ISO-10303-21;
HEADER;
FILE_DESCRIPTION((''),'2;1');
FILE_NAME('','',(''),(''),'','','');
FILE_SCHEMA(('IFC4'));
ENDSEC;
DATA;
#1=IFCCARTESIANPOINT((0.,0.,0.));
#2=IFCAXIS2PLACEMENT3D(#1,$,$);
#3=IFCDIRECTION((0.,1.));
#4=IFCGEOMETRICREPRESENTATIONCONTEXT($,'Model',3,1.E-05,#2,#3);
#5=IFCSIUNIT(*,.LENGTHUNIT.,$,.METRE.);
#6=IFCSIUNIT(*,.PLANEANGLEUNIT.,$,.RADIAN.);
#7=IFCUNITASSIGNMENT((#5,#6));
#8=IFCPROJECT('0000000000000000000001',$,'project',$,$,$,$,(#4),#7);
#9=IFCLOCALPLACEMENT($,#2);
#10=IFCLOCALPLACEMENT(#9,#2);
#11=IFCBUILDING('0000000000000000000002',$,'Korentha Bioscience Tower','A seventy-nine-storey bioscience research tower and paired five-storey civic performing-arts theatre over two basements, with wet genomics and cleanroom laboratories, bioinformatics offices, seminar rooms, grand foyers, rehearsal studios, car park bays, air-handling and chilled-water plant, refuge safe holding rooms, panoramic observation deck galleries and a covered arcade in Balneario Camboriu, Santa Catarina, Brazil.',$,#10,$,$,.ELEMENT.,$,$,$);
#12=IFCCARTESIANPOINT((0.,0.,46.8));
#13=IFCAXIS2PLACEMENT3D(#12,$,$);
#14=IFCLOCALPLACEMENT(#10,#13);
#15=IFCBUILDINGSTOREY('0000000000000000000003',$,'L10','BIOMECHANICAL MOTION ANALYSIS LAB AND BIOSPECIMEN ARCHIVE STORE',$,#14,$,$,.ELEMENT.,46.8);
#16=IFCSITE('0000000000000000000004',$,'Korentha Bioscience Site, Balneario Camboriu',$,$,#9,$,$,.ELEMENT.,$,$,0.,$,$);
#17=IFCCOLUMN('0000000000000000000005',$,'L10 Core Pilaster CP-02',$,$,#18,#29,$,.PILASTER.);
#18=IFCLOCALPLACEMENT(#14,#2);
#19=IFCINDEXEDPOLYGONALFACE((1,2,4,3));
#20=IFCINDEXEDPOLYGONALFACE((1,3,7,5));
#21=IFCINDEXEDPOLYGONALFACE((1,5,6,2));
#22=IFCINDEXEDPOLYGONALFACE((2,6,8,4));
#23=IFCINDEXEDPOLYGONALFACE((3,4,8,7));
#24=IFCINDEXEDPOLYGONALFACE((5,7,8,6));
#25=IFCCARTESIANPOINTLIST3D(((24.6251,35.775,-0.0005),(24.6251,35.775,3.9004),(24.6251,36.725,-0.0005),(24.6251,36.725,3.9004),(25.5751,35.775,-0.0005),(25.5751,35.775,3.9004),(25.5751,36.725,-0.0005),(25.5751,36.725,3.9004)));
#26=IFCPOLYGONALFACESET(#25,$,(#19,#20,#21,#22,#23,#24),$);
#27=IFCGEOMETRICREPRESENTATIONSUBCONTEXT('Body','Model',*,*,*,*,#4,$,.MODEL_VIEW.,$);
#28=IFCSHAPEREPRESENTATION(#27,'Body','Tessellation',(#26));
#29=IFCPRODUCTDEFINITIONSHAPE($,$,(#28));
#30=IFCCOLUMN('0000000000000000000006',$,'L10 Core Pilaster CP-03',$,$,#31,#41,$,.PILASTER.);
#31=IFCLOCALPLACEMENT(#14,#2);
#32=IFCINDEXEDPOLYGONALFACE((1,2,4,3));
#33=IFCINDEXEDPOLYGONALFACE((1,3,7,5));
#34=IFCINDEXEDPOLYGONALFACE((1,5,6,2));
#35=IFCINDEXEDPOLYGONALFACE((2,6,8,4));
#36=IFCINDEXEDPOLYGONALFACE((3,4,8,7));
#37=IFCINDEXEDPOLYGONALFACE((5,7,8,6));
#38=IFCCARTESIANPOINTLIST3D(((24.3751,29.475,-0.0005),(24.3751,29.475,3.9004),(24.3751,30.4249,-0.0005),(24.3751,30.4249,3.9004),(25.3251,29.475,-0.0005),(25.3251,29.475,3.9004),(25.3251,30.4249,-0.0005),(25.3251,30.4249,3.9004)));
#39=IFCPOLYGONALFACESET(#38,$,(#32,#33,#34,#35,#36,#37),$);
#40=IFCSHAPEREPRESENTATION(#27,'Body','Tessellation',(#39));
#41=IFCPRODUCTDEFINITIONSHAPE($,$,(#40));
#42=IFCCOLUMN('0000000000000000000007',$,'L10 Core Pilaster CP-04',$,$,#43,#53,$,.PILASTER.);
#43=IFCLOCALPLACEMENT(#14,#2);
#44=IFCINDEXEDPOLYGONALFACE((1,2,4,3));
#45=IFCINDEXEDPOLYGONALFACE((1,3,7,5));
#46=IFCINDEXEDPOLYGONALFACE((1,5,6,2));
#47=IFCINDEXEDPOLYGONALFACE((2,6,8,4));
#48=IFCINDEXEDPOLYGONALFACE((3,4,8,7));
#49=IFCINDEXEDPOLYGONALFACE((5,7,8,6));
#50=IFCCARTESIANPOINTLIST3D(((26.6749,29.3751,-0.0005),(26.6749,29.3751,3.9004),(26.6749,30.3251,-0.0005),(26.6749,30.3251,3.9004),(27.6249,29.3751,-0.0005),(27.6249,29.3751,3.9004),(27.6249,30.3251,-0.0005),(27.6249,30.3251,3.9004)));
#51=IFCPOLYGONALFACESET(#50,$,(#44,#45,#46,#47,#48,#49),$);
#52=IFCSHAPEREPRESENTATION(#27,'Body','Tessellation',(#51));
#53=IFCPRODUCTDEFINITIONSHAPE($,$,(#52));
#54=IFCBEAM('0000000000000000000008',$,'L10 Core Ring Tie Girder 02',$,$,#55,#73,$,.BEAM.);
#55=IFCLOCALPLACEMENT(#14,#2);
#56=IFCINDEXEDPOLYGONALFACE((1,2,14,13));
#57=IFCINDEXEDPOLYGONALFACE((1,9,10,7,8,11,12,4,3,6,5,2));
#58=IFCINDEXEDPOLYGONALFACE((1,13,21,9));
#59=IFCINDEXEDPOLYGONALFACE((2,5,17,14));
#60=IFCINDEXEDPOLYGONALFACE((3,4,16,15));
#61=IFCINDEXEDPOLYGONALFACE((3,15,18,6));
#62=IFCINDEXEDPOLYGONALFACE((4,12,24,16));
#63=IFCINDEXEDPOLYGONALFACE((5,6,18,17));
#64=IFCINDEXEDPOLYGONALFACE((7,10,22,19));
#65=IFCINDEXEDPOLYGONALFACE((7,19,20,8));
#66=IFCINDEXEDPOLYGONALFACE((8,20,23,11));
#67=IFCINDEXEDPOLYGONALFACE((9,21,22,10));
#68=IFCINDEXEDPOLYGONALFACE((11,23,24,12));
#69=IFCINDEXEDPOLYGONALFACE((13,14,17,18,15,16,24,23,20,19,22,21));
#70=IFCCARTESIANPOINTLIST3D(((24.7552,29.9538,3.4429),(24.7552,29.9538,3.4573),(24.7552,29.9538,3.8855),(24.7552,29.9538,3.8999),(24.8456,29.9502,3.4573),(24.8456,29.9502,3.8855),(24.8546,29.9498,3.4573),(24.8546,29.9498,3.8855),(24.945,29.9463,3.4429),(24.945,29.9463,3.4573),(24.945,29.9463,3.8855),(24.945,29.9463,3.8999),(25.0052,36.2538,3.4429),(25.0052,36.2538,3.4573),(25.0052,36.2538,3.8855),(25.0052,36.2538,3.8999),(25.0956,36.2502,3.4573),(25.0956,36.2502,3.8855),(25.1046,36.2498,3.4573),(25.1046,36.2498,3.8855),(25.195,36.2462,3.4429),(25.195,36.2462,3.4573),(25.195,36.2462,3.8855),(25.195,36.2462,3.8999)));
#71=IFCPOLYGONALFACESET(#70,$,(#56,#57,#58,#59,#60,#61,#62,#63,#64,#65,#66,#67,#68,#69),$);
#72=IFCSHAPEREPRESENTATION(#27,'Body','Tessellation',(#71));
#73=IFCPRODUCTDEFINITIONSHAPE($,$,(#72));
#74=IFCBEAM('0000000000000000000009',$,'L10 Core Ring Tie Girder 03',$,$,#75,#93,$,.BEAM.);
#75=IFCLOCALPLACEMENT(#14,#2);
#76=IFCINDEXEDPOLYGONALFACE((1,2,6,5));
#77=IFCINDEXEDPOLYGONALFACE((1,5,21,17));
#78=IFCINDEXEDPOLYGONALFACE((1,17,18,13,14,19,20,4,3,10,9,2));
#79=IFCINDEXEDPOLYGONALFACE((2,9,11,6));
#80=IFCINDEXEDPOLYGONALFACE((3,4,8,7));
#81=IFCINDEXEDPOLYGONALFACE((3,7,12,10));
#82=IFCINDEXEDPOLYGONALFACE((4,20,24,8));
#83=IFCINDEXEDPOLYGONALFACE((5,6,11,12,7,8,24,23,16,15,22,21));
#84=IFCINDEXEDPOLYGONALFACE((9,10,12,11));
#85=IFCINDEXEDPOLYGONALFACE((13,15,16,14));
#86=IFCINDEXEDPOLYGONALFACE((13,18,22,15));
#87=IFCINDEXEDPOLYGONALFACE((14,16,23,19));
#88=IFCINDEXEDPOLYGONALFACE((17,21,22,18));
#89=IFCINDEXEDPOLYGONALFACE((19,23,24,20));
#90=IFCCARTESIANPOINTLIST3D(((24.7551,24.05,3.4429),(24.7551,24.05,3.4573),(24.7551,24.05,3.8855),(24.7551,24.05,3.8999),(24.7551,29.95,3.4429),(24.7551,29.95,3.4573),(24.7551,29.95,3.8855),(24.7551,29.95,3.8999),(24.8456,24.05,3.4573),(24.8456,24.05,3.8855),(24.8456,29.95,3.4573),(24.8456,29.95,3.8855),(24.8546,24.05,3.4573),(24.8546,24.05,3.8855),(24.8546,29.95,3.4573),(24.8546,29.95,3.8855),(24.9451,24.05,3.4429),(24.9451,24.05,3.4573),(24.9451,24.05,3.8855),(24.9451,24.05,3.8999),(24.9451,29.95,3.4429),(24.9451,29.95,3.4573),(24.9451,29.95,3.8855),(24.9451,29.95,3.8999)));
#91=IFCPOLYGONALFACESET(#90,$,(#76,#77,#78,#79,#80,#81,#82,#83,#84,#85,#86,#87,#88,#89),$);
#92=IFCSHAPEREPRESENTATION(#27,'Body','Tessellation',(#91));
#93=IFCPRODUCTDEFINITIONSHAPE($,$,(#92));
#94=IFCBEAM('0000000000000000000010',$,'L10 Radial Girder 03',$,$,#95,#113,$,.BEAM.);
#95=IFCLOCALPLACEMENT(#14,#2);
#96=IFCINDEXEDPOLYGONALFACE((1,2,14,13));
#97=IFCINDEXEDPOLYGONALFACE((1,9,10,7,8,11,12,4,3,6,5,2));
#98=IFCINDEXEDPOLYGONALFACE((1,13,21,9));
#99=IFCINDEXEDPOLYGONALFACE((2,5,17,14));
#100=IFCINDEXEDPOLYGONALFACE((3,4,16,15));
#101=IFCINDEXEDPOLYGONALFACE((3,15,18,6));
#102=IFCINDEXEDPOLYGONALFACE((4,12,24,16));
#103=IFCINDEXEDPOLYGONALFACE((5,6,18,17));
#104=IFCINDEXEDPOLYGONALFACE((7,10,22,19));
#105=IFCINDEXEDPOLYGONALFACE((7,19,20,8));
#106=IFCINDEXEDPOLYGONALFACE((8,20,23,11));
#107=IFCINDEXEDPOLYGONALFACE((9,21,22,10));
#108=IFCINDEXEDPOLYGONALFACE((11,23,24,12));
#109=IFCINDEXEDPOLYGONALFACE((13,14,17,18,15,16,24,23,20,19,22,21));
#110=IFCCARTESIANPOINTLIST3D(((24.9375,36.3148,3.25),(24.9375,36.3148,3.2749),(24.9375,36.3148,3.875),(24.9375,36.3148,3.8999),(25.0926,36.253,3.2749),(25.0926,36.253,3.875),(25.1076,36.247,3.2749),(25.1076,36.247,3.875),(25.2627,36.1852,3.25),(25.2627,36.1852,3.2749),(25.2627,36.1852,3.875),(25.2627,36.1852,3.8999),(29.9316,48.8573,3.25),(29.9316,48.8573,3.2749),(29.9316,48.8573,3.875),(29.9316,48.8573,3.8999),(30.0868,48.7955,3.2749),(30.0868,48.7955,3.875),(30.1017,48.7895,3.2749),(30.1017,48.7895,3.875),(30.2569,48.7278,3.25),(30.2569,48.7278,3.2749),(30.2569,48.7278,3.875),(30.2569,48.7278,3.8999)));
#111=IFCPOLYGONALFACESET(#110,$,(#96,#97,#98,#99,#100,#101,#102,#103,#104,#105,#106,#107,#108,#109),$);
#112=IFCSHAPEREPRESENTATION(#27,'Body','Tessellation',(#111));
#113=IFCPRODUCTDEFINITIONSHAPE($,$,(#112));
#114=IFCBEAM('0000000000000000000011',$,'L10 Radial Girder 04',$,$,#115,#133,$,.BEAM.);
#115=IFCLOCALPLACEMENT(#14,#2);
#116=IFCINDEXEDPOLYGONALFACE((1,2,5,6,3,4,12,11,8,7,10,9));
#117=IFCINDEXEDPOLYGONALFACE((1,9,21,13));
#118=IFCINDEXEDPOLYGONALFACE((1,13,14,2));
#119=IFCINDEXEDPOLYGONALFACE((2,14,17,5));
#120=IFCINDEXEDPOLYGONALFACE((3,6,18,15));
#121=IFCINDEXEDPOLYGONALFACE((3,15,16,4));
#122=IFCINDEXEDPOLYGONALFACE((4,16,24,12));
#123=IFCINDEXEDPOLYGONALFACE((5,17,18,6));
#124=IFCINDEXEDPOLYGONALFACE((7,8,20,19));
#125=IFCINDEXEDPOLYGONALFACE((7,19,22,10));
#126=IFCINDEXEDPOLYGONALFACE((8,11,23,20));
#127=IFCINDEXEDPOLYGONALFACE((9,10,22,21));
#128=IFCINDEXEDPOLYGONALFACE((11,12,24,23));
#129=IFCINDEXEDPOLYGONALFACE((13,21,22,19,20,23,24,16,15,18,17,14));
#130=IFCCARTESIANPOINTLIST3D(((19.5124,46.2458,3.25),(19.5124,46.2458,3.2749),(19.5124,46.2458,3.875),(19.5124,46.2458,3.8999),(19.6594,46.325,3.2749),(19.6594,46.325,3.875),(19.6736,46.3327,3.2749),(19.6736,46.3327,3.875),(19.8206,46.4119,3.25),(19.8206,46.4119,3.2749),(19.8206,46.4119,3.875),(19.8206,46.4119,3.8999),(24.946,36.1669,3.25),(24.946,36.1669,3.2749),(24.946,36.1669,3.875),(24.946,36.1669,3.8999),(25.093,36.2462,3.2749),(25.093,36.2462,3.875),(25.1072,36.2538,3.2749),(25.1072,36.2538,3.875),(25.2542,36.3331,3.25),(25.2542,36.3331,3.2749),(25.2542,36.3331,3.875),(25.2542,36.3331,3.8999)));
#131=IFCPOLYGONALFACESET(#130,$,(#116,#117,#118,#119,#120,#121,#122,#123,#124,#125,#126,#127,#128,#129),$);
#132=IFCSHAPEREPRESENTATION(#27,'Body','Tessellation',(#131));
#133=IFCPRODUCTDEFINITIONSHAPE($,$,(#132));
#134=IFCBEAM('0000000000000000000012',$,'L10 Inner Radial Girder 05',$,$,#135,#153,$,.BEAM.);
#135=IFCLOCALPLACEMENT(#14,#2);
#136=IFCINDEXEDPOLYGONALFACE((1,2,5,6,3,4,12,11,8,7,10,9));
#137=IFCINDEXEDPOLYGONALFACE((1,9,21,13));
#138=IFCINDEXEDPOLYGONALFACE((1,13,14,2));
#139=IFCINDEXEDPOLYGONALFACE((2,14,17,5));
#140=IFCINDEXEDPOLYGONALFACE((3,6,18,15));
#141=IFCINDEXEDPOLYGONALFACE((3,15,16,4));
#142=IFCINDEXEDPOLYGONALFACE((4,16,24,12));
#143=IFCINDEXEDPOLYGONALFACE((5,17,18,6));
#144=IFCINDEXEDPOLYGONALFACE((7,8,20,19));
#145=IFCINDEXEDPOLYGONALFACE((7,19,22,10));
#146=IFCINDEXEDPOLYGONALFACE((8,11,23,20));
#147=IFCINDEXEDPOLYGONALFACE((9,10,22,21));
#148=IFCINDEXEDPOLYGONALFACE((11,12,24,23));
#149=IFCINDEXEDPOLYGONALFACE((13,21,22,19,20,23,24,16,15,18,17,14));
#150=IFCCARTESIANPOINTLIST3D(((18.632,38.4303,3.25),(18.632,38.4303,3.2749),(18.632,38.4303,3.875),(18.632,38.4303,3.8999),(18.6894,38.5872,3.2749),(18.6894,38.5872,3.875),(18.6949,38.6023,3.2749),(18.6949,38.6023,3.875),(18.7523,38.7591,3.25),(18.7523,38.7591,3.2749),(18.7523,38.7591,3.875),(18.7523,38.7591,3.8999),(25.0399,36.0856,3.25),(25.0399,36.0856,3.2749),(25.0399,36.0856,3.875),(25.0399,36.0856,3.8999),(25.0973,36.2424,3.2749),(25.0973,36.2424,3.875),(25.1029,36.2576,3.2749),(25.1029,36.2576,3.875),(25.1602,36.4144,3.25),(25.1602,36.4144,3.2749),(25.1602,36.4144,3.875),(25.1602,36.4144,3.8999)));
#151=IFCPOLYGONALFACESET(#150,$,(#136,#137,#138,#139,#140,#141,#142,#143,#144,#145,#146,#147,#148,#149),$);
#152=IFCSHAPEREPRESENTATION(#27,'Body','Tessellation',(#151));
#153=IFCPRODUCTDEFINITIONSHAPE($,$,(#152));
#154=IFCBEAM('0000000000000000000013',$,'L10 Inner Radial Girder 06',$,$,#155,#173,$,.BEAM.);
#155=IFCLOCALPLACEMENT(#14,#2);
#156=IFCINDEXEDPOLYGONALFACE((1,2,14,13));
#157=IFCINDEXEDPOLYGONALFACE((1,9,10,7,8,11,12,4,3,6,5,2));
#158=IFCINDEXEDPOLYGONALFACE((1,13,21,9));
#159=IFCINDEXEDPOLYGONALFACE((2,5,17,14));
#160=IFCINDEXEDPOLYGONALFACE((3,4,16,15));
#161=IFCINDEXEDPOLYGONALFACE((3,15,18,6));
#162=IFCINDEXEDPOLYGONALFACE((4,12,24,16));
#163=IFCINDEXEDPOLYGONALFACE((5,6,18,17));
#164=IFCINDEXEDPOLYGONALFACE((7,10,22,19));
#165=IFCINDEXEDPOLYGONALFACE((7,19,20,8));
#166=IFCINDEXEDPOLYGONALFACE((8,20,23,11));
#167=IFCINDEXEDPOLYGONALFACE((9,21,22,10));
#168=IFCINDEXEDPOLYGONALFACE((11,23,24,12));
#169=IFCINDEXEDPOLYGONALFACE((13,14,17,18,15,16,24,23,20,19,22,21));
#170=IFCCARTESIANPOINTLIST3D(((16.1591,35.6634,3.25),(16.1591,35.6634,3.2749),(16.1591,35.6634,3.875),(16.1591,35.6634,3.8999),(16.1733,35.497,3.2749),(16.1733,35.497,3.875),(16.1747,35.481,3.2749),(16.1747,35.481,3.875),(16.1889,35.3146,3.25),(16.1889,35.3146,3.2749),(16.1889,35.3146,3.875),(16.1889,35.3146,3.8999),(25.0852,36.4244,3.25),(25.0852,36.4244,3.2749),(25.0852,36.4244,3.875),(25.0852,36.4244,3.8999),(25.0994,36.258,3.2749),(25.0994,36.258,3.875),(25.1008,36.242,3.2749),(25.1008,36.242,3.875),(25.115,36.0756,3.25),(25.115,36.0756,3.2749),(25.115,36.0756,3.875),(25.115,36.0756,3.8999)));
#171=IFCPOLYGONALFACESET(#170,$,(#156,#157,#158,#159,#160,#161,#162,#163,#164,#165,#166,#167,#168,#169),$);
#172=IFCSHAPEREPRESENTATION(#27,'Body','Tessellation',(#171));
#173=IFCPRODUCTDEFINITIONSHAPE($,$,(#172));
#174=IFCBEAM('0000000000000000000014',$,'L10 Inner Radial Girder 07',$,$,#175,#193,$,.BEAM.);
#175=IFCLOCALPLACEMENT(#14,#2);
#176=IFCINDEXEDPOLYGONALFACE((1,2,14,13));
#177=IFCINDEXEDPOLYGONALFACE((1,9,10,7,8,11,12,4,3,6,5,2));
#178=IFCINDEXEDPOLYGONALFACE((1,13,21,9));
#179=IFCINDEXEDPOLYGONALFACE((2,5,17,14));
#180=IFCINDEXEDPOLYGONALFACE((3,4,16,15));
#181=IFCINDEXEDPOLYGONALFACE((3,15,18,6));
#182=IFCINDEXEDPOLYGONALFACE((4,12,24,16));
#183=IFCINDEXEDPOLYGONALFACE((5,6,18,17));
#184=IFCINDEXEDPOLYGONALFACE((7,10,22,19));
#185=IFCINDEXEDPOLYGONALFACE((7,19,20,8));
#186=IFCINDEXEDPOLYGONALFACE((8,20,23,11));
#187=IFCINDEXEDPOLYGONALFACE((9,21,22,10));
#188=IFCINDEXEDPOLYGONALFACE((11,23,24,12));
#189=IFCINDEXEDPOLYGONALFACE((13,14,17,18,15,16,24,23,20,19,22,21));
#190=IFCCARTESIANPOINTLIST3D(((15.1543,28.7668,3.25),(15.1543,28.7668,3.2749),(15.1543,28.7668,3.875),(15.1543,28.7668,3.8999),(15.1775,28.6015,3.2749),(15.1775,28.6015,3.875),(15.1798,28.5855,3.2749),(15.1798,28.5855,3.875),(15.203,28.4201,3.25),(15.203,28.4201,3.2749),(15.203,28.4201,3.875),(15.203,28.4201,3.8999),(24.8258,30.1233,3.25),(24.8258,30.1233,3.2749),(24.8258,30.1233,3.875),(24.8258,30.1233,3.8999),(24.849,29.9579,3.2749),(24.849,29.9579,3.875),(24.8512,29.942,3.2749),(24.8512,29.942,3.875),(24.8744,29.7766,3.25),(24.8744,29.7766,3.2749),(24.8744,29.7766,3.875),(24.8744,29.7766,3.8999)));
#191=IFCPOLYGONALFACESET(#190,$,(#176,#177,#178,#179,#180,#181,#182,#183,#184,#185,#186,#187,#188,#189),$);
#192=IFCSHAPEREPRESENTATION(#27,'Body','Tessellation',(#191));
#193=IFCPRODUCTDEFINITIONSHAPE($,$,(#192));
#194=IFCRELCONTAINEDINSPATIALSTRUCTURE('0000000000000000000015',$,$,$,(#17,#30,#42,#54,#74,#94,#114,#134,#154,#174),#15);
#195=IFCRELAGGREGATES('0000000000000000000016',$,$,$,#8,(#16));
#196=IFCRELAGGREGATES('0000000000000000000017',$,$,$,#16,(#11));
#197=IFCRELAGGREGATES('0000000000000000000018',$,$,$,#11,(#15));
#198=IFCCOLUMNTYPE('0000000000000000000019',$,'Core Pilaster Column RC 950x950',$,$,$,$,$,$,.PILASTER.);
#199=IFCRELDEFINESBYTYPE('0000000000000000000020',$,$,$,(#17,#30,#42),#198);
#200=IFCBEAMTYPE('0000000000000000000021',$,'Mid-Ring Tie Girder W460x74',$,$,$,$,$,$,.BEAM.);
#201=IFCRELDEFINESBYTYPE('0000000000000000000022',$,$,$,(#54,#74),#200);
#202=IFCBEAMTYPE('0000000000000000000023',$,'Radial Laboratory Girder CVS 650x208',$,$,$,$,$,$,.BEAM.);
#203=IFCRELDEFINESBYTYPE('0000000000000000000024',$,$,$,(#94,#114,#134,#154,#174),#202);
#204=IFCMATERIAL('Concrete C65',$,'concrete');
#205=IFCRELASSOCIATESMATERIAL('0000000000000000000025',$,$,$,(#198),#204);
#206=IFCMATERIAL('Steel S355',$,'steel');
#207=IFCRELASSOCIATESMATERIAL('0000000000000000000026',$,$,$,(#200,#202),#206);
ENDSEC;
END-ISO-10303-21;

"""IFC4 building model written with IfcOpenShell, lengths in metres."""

from ifc_helpers import new_model, si_unit, direction, frame, origin, origin_2d, place, context, subcontext, project, spatial, rectangle, i_section, extrude, material, material_profile, profile_set, type_object, element, save


model = new_model("IFC4")

# Units and contexts
model_context = context("Model", 3, precision=1e-05, world=origin(), true_north=direction((0.0, 1.0)))
body_context = subcontext(model_context, "Body", "Model", "MODEL_VIEW")
ifc_project = project(units=[si_unit("LENGTHUNIT", "METRE"), si_unit("PLANEANGLEUNIT", "RADIAN")], contexts=[model_context])

# Site, building, storey
site_placement = place(None, origin())
site = spatial("IfcSite", under=ifc_project, at=site_placement, Name="Korentha Bioscience Site, Balneario Camboriu", CompositionType="ELEMENT", RefElevation=0.0)
building_placement = place(site_placement, origin())
building = spatial("IfcBuilding", under=site, at=building_placement, Name="Korentha Bioscience Tower", Description="A seventy-nine-storey bioscience research tower and paired five-storey civic performing-arts theatre over two basements, with wet genomics and cleanroom laboratories, bioinformatics offices, seminar rooms, grand foyers, rehearsal studios, car park bays, air-handling and chilled-water plant, refuge safe holding rooms, panoramic observation deck galleries and a covered arcade in Balneario Camboriu, Santa Catarina, Brazil.", CompositionType="ELEMENT")
storey_placement = place(building_placement, frame((0.0, 0.0, 46.8)))
storey = spatial("IfcBuildingStorey", under=building, at=storey_placement, Name="L10", Description="BIOMECHANICAL MOTION ANALYSIS LAB AND BIOSPECIMEN ARCHIVE STORE", CompositionType="ELEMENT", Elevation=46.8)

# Columns
ifc_material_1 = material(Name="Concrete C65", Category="concrete")
ifc_material_profile_1 = material_profile(ifc_material_1, rectangle(XDim=0.95, YDim=0.95, at=origin_2d()), Name="Concrete C65")
ifc_profile_set_1 = profile_set([ifc_material_profile_1], Name="Concrete C65 (COL-CP09)")
column_type = type_object("IfcColumnType", Name="Core Pilaster Column RC 950x950", PredefinedType="PILASTER", material=ifc_profile_set_1)
for number, where, z_axis, x_axis, name in (
    (1, (25.1001, 36.25, -0.0005), (0.0, 0.0, 1.0), (1.0, 0.0, 0.0), "L10 Core Pilaster CP-02"),
    (2, (24.8501, 29.95, -0.0005), (0.0, 0.0, 1.0), (1.0, 0.0, 0.0), "L10 Core Pilaster CP-03"),
    (3, (27.1499, 29.8501, -0.0005), (0.0, 0.0, 1.0), (1.0, 0.0, 0.0), "L10 Core Pilaster CP-04"),
):
    element("IfcColumn", number, at=place(storey_placement, frame(where, z_axis=z_axis, x_axis=x_axis)), inside=storey, type_object=column_type, Name=name, PredefinedType="PILASTER", context=body_context, shape_type="SweptSolid", body=[
        extrude(rectangle(XDim=0.95, YDim=0.95, at=origin_2d()), origin(), (0.0, 0.0, 1.0), 3.9009),
    ])

# Beams
ifc_material_2 = material(Name="Steel S355", Category="steel")
ifc_material_profile_2 = material_profile(ifc_material_2, i_section(OverallWidth=0.1899, OverallDepth=0.457, WebThickness=0.009, FlangeThickness=0.0144, at=origin_2d()), Name="Steel S355")
ifc_profile_set_2 = profile_set([ifc_material_profile_2], Name="Steel S355 (MB-460)")
beam_type_1 = type_object("IfcBeamType", Name="Mid-Ring Tie Girder W460x74", PredefinedType="BEAM", material=ifc_profile_set_2)
beam_1_placement = place(storey_placement, frame((25.1001, 36.25, 3.6714), z_axis=(-0.039651, -0.999214, 0.0), x_axis=(0.999214, -0.039651, 0.0)))
element("IfcBeam", 4, at=beam_1_placement, inside=storey, type_object=beam_type_1, Name="L10 Core Ring Tie Girder 02", PredefinedType="BEAM", context=body_context, shape_type="SweptSolid", body=[
    extrude(i_section(OverallWidth=0.1899, OverallDepth=0.457, WebThickness=0.009, FlangeThickness=0.0144, at=origin_2d()), origin(), (0.0, 0.0, 1.0), 6.3049),
])
beam_2_placement = place(storey_placement, frame((24.8501, 29.95, 3.6714), z_axis=(0.0, -1.0, 0.0), x_axis=(1.0, 0.0, 0.0)))
element("IfcBeam", 5, at=beam_2_placement, inside=storey, type_object=beam_type_1, Name="L10 Core Ring Tie Girder 03", PredefinedType="BEAM", context=body_context, shape_type="SweptSolid", body=[
    extrude(i_section(OverallWidth=0.1899, OverallDepth=0.457, WebThickness=0.009, FlangeThickness=0.0144, at=origin_2d()), origin(), (0.0, 0.0, 1.0), 5.8999),
])
ifc_material_profile_3 = material_profile(ifc_material_2, i_section(OverallWidth=0.3501, OverallDepth=0.6499, WebThickness=0.0161, FlangeThickness=0.0249, at=origin_2d()), Name="Steel S355")
ifc_profile_set_3 = profile_set([ifc_material_profile_3], Name="Steel S355 (RB-650)")
beam_type_2 = type_object("IfcBeamType", Name="Radial Laboratory Girder CVS 650x208", PredefinedType="BEAM", material=ifc_profile_set_3)
beam_3_placement = place(storey_placement, frame((25.1001, 36.25, 3.575), z_axis=(0.369931, 0.929059, 0.0), x_axis=(-0.929059, 0.369931, 0.0)))
element("IfcBeam", 6, at=beam_3_placement, inside=storey, type_object=beam_type_2, Name="L10 Radial Girder 03", PredefinedType="BEAM", context=body_context, shape_type="SweptSolid", body=[
    extrude(i_section(OverallWidth=0.3501, OverallDepth=0.6499, WebThickness=0.0161, FlangeThickness=0.0249, at=origin_2d()), origin(), (0.0, 0.0, 1.0), 13.5002),
])
beam_4_placement = place(storey_placement, frame((25.1001, 36.25, 3.575), z_axis=(-0.474541, 0.880233, 0.0), x_axis=(-0.880233, -0.474541, 0.0)))
element("IfcBeam", 7, at=beam_4_placement, inside=storey, type_object=beam_type_2, Name="L10 Radial Girder 04", PredefinedType="BEAM", context=body_context, shape_type="SweptSolid", body=[
    extrude(i_section(OverallWidth=0.3501, OverallDepth=0.6499, WebThickness=0.0161, FlangeThickness=0.0249, at=origin_2d()), origin(), (0.0, 0.0, 1.0), 11.4502),
])
beam_5_placement = place(storey_placement, frame((25.1001, 36.25, 3.575), z_axis=(-0.939106, 0.343627, 0.0), x_axis=(-0.343627, -0.939106, 0.0)))
element("IfcBeam", 8, at=beam_5_placement, inside=storey, type_object=beam_type_2, Name="L10 Inner Radial Girder 05", PredefinedType="BEAM", context=body_context, shape_type="SweptSolid", body=[
    extrude(i_section(OverallWidth=0.3501, OverallDepth=0.6499, WebThickness=0.0161, FlangeThickness=0.0249, at=origin_2d()), origin(), (0.0, 0.0, 1.0), 6.8235),
])
beam_6_placement = place(storey_placement, frame((25.1001, 36.25, 3.575), z_axis=(-0.996386, -0.084947, 0.0), x_axis=(0.084947, -0.996386, 0.0)))
element("IfcBeam", 9, at=beam_6_placement, inside=storey, type_object=beam_type_2, Name="L10 Inner Radial Girder 06", PredefinedType="BEAM", context=body_context, shape_type="SweptSolid", body=[
    extrude(i_section(OverallWidth=0.3501, OverallDepth=0.6499, WebThickness=0.0161, FlangeThickness=0.0249, at=origin_2d()), origin(), (0.0, 0.0, 1.0), 8.9585),
])
beam_7_placement = place(storey_placement, frame((24.8501, 29.95, 3.575), z_axis=(-0.990307, -0.138894, 0.0), x_axis=(0.138894, -0.990307, 0.0)))
element("IfcBeam", 10, at=beam_7_placement, inside=storey, type_object=beam_type_2, Name="L10 Inner Radial Girder 07", PredefinedType="BEAM", context=body_context, shape_type="SweptSolid", body=[
    extrude(i_section(OverallWidth=0.3501, OverallDepth=0.6499, WebThickness=0.0161, FlangeThickness=0.0249, at=origin_2d()), origin(), (0.0, 0.0, 1.0), 9.7661),
])

save(model, "model.ifc")
